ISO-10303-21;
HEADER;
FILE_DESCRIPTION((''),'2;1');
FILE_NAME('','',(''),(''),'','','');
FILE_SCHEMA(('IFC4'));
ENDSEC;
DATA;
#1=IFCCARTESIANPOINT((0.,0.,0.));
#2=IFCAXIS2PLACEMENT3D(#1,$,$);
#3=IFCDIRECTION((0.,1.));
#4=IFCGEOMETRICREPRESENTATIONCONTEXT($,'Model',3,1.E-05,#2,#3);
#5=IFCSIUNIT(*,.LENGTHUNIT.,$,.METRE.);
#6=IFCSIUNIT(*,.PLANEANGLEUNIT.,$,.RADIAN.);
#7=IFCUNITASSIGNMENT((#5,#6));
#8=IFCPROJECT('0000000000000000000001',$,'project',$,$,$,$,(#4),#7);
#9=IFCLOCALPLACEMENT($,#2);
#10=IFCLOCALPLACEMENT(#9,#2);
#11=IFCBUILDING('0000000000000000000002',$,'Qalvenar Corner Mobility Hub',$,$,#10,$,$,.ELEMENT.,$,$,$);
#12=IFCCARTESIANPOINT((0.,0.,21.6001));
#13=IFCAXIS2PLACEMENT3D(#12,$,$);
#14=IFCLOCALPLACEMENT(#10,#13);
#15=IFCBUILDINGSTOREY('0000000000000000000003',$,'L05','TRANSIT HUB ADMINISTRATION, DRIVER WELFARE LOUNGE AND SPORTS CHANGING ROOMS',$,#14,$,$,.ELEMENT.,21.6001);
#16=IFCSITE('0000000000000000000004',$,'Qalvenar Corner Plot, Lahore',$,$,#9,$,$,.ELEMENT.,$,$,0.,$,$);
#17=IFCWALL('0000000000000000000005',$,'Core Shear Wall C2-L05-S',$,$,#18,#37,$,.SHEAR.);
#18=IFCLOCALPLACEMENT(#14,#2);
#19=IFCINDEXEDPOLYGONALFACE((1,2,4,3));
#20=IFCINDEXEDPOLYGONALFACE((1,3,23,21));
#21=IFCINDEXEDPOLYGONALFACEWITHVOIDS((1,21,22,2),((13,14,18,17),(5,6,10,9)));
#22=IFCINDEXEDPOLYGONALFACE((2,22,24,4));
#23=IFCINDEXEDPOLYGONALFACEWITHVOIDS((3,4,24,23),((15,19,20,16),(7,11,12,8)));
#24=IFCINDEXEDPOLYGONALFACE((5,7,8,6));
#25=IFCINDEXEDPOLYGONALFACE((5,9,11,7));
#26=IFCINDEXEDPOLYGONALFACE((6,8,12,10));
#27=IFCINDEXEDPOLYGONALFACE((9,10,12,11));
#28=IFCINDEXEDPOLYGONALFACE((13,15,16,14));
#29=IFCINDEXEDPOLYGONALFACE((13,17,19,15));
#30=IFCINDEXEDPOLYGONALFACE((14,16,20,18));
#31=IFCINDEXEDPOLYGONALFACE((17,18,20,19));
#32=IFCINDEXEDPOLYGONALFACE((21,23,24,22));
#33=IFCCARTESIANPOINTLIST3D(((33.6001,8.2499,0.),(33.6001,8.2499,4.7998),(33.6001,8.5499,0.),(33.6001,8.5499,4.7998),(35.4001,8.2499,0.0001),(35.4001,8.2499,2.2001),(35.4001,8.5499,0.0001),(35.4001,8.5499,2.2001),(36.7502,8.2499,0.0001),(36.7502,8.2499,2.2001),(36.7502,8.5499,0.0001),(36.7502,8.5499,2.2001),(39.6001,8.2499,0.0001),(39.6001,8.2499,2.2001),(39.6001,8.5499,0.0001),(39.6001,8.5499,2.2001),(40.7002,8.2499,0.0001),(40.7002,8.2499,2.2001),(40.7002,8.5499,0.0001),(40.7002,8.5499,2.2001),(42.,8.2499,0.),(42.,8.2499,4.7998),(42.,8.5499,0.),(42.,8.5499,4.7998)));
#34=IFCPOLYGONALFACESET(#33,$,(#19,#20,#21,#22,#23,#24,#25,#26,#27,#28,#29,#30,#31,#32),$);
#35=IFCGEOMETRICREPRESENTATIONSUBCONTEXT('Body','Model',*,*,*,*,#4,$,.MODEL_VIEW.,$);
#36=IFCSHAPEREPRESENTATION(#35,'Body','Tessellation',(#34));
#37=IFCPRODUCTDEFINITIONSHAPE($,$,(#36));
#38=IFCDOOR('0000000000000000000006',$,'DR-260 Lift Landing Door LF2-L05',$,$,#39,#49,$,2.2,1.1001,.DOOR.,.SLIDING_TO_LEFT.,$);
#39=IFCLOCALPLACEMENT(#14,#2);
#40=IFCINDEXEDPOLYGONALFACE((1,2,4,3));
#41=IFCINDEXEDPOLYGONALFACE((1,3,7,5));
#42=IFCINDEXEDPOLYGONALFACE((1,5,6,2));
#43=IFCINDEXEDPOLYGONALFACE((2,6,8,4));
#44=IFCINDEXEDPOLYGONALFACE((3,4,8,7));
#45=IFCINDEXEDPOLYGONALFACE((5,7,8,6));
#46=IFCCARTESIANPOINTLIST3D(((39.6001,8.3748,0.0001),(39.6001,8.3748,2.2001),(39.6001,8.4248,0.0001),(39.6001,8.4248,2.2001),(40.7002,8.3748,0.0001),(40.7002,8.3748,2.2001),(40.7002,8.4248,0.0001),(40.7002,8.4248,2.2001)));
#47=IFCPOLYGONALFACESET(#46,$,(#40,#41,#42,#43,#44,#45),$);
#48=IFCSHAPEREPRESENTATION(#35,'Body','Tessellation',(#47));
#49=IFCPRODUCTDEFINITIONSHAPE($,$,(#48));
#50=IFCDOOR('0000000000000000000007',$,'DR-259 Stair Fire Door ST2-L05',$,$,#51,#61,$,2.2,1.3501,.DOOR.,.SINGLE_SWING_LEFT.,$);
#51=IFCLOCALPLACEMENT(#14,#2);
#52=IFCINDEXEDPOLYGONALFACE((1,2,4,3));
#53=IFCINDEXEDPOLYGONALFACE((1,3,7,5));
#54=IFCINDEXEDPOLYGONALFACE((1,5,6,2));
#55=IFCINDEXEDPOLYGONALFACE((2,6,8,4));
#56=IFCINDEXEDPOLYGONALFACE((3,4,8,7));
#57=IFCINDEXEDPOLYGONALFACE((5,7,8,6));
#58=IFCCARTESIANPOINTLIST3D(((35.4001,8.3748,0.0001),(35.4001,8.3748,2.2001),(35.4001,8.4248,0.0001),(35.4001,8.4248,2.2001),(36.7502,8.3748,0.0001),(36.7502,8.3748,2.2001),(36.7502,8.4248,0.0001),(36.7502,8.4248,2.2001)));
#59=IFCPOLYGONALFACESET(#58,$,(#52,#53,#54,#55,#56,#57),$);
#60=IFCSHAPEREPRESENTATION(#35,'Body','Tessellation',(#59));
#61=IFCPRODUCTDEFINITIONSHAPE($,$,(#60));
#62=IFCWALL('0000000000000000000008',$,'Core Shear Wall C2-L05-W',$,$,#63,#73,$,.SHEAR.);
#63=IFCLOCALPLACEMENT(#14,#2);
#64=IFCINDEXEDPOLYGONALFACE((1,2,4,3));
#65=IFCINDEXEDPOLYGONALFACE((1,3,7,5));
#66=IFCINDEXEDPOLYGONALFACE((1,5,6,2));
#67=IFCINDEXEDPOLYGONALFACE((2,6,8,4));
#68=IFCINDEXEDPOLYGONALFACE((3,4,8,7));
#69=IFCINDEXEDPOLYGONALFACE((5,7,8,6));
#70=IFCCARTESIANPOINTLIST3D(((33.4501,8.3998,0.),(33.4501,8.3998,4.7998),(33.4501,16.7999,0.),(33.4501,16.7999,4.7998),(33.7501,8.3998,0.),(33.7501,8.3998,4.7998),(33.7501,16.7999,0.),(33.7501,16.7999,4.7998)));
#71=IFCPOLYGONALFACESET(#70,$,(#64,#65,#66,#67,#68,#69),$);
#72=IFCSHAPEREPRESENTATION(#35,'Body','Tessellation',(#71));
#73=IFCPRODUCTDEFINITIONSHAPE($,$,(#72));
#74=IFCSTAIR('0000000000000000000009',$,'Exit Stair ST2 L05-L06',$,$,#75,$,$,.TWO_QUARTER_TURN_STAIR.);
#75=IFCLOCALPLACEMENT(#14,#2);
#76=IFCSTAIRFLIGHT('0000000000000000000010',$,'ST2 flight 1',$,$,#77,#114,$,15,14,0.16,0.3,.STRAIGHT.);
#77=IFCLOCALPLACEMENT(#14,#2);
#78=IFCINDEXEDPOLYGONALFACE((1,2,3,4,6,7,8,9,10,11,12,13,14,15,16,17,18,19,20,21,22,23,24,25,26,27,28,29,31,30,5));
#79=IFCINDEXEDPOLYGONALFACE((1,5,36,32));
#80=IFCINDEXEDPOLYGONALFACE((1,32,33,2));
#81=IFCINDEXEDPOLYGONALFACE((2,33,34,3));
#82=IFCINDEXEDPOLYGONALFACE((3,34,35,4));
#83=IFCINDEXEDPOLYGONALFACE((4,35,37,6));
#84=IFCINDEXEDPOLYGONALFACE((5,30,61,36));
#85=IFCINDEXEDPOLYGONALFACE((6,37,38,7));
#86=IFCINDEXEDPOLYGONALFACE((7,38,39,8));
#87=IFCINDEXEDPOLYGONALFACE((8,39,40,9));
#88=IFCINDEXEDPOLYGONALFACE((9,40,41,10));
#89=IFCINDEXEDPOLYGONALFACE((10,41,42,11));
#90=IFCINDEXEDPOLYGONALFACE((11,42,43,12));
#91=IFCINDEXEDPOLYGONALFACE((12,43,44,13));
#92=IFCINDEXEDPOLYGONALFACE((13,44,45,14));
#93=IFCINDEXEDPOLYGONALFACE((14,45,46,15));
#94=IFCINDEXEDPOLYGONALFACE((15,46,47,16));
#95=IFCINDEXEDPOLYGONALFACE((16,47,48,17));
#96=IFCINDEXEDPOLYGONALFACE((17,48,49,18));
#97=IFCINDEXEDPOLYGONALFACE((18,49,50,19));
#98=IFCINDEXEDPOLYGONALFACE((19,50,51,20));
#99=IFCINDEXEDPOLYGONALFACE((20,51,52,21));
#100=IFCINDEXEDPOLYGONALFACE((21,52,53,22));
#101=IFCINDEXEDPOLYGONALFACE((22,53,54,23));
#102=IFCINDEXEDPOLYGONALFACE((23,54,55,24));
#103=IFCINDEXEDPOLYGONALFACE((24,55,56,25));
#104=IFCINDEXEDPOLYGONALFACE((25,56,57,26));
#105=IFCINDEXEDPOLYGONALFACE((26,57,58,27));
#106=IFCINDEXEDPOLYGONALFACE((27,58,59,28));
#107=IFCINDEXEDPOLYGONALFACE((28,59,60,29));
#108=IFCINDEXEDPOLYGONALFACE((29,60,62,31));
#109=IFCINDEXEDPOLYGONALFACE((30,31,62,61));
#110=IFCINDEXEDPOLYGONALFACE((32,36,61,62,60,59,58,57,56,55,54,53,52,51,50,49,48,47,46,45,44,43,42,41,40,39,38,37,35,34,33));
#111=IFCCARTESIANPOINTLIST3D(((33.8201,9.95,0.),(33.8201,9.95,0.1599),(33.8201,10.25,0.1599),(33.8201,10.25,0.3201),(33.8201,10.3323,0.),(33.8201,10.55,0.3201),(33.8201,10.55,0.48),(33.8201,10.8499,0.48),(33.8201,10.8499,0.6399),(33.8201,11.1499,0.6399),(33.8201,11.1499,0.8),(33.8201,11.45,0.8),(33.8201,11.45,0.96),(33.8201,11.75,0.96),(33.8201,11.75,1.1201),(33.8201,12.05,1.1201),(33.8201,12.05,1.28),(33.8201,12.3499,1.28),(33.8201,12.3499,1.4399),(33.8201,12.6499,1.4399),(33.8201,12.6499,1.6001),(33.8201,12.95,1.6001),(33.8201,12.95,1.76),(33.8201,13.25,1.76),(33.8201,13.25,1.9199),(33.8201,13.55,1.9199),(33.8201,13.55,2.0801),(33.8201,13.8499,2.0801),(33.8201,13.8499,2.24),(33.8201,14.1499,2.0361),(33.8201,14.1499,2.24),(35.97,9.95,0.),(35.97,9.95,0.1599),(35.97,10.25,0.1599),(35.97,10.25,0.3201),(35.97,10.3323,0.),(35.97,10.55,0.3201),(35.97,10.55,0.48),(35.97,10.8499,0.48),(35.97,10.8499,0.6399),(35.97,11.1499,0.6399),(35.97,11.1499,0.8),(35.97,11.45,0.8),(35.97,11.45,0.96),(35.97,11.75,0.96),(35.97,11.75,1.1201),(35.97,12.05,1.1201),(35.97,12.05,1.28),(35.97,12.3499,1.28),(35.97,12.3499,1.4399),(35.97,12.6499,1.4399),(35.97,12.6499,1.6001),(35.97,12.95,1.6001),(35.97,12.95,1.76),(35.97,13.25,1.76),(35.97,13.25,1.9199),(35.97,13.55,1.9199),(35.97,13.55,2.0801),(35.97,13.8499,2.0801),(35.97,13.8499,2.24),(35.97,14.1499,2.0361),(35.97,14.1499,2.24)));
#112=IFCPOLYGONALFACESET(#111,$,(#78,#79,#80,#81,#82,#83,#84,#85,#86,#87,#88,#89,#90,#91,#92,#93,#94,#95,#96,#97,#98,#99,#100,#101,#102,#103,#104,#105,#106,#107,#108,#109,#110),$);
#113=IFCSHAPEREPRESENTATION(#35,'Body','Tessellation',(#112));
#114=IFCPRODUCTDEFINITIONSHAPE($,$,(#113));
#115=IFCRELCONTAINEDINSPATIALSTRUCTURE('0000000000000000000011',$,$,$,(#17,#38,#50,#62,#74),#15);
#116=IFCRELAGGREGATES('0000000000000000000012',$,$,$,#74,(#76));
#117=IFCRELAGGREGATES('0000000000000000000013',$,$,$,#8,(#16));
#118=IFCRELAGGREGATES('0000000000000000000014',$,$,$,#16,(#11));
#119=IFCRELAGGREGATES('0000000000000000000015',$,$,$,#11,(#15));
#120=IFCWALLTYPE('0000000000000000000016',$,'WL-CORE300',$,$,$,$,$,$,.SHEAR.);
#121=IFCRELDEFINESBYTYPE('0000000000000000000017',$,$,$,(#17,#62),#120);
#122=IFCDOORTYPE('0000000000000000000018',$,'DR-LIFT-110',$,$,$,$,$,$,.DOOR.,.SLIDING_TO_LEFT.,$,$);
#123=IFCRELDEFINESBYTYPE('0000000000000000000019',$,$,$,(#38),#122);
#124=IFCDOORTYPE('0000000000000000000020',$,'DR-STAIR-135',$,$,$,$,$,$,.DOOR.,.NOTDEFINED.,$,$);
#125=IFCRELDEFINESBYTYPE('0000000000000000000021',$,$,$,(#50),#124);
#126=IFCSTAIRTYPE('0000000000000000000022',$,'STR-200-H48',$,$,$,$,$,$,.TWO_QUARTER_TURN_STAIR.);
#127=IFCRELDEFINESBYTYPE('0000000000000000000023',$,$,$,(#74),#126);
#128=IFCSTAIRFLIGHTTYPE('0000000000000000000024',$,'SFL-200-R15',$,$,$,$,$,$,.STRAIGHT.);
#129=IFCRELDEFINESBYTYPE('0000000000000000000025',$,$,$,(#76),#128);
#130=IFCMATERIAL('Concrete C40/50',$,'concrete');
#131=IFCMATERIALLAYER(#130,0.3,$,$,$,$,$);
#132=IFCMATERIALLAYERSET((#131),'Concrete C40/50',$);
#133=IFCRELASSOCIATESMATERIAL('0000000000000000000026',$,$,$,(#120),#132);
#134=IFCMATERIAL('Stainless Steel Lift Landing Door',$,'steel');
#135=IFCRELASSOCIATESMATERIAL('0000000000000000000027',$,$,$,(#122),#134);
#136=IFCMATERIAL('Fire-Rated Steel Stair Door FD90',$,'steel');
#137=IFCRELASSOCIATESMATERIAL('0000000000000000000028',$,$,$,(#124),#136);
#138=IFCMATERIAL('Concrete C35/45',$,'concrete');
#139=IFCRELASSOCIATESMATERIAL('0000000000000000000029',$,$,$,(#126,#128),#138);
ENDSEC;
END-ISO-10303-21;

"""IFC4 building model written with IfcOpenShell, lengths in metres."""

from ifc_helpers import new_model, si_unit, direction, frame, frame_2d, origin, place, context, subcontext, project, spatial, polyline, rectangle, outline, extrude, material, layer, layer_set, type_object, element, fill, aggregate, save


model = new_model("IFC4")

# Units and contexts
model_context = context("Model", 3, precision=1e-05, world=origin(), true_north=direction((0.0, 1.0)))
body_context = subcontext(model_context, "Body", "Model", "MODEL_VIEW")
ifc_project = project(units=[si_unit("LENGTHUNIT", "METRE"), si_unit("PLANEANGLEUNIT", "RADIAN")], contexts=[model_context])

# Site, building, storey
site_placement = place(None, origin())
site = spatial("IfcSite", under=ifc_project, at=site_placement, Name="Qalvenar Corner Plot, Lahore", CompositionType="ELEMENT", RefElevation=0.0)
building_placement = place(site_placement, origin())
building = spatial("IfcBuilding", under=site, at=building_placement, Name="Qalvenar Corner Mobility Hub", CompositionType="ELEMENT")
storey_placement = place(building_placement, frame((0.0, 0.0, 21.6001)))
storey = spatial("IfcBuildingStorey", under=building, at=storey_placement, Name="L05", Description="TRANSIT HUB ADMINISTRATION, DRIVER WELFARE LOUNGE AND SPORTS CHANGING ROOMS", CompositionType="ELEMENT", Elevation=21.6001)

# Wall, openings, doors
ifc_material_1 = material(Name="Concrete C40/50", Category="concrete")
ifc_layer = layer(ifc_material_1, 0.3)
ifc_layer_set = layer_set([ifc_layer], Name="Concrete C40/50")
wall_type = type_object("IfcWallType", Name="WL-CORE300", PredefinedType="SHEAR", material=ifc_layer_set)
wall_1_placement = place(storey_placement, frame((33.6001, 8.3999, 0.0), z_axis=(0.0, 0.0, 1.0), x_axis=(1.0, 0.0, 0.0)))
wall_1 = element("IfcWall", 1, at=wall_1_placement, inside=storey, type_object=wall_type, Name="Core Shear Wall C2-L05-S", PredefinedType="SHEAR", context=body_context, shape_type="SweptSolid", body=[
    extrude(rectangle(XDim=8.3999, YDim=0.3, at=frame_2d((4.2, 0.0))), origin(), (0.0, 0.0, 1.0), 4.7998),
])
opening_1_placement = place(wall_1_placement, frame((1.8, 0.0, 0.0)))
opening_1 = element("IfcOpeningElement", 2, at=opening_1_placement, cuts=wall_1, PredefinedType="OPENING", context=body_context, shape_type="SweptSolid", body=[
    extrude(rectangle(XDim=1.3501, YDim=2.2, at=frame_2d((0.675, 1.1001))), frame((0.0, 0.1602, 0.0), z_axis=(0.0, -1.0, 0.0), x_axis=(1.0, 0.0, 0.0)), (0.0, 0.0, 1.0), 0.3201),
])
opening_2_placement = place(wall_1_placement, frame((6.0, 0.0, 0.0)))
opening_2 = element("IfcOpeningElement", 3, at=opening_2_placement, cuts=wall_1, PredefinedType="OPENING", context=body_context, shape_type="SweptSolid", body=[
    extrude(rectangle(XDim=1.1001, YDim=2.2, at=frame_2d((0.55, 1.1001))), frame((0.0, 0.1602, 0.0), z_axis=(0.0, -1.0, 0.0), x_axis=(1.0, 0.0, 0.0)), (0.0, 0.0, 1.0), 0.3201),
])
ifc_material_2 = material(Name="Stainless Steel Lift Landing Door", Category="steel")
door_type_1 = type_object("IfcDoorType", Name="DR-LIFT-110", OperationType="SLIDING_TO_LEFT", PredefinedType="DOOR", material=ifc_material_2)
door_1_placement = place(opening_2_placement, origin())
door_1 = element("IfcDoor", 4, at=door_1_placement, inside=storey, type_object=door_type_1, Name="DR-260 Lift Landing Door LF2-L05", OperationType="SLIDING_TO_LEFT", OverallHeight=2.2, OverallWidth=1.1001, PredefinedType="DOOR", context=body_context, shape_type="SweptSolid", body=[
    extrude(rectangle(XDim=1.1001, YDim=2.2, at=frame_2d((0.55, 1.1001))), frame((0.0, 0.0249, 0.0), z_axis=(0.0, -1.0, 0.0), x_axis=(1.0, 0.0, 0.0)), (0.0, 0.0, 1.0), 0.05),
])
fill(opening_2, door_1)
ifc_material_3 = material(Name="Fire-Rated Steel Stair Door FD90", Category="steel")
door_type_2 = type_object("IfcDoorType", Name="DR-STAIR-135", OperationType="NOTDEFINED", PredefinedType="DOOR", material=ifc_material_3)
door_2_placement = place(opening_1_placement, origin())
door_2 = element("IfcDoor", 5, at=door_2_placement, inside=storey, type_object=door_type_2, Name="DR-259 Stair Fire Door ST2-L05", OperationType="SINGLE_SWING_LEFT", OverallHeight=2.2, OverallWidth=1.3501, PredefinedType="DOOR", context=body_context, shape_type="SweptSolid", body=[
    extrude(rectangle(XDim=1.3501, YDim=2.2, at=frame_2d((0.675, 1.1001))), frame((0.0, 0.0249, 0.0), z_axis=(0.0, -1.0, 0.0), x_axis=(1.0, 0.0, 0.0)), (0.0, 0.0, 1.0), 0.05),
])
fill(opening_1, door_2)

# Wall
wall_2_placement = place(storey_placement, frame((33.6001, 16.8, 0.0), z_axis=(0.0, 0.0, 1.0), x_axis=(0.0, -1.0, 0.0)))
element("IfcWall", 6, at=wall_2_placement, inside=storey, type_object=wall_type, Name="Core Shear Wall C2-L05-W", PredefinedType="SHEAR", context=body_context, shape_type="SweptSolid", body=[
    extrude(rectangle(XDim=8.4001, YDim=0.3, at=frame_2d((4.2002, 0.0))), origin(), (0.0, 0.0, 1.0), 4.7998),
])

# Stair, stair flight
ifc_material_4 = material(Name="Concrete C35/45", Category="concrete")
stair_type = type_object("IfcStairType", Name="STR-200-H48", PredefinedType="TWO_QUARTER_TURN_STAIR", material=ifc_material_4)
stair_placement = place(storey_placement, origin())
stair = element("IfcStair", 7, at=stair_placement, inside=storey, type_object=stair_type, Name="Exit Stair ST2 L05-L06", PredefinedType="TWO_QUARTER_TURN_STAIR")
stair_flight_type = type_object("IfcStairFlightType", Name="SFL-200-R15", PredefinedType="STRAIGHT", material=ifc_material_4)
stair_flight_placement = place(storey_placement, frame((34.895, 9.95, 0.0), z_axis=(0.0, 0.0, 1.0), x_axis=(0.0, 1.0, 0.0)))
stair_flight = element("IfcStairFlight", 8, at=stair_flight_placement, type_object=stair_flight_type, Name="ST2 flight 1", NumberOfRisers=15, NumberOfTreads=14, PredefinedType="STRAIGHT", RiserHeight=0.16, TreadLength=0.3, context=body_context, shape_type="SweptSolid", body=[
    extrude(outline(polyline([(0.0, 0.0), (0.0, 0.1599), (0.3, 0.1599), (0.3, 0.3201), (0.6001, 0.3201), (0.6001, 0.48), (0.8999, 0.48), (0.8999, 0.6399), (1.2, 0.6399), (1.2, 0.8), (1.5, 0.8), (1.5, 0.96), (1.8, 0.96), (1.8, 1.1201), (2.1001, 1.1201), (2.1001, 1.28), (2.3999, 1.28), (2.3999, 1.4399), (2.7, 1.4399), (2.7, 1.6001), (3.0, 1.6001), (3.0, 1.76), (3.3, 1.76), (3.3, 1.9199), (3.6001, 1.9199), (3.6001, 2.0801), (3.8999, 2.0801), (3.8999, 2.24), (4.2, 2.24), (4.2, 2.3999), (4.2, 2.0361), (0.3823, 0.0), (0.0, 0.0)])), frame((0.0, 1.075, 0.0), z_axis=(0.0, -1.0, 0.0), x_axis=(1.0, 0.0, 0.0)), (0.0, 0.0, 1.0), 2.1499),
])
aggregate(stair, [stair_flight])

save(model, "model.ifc")
